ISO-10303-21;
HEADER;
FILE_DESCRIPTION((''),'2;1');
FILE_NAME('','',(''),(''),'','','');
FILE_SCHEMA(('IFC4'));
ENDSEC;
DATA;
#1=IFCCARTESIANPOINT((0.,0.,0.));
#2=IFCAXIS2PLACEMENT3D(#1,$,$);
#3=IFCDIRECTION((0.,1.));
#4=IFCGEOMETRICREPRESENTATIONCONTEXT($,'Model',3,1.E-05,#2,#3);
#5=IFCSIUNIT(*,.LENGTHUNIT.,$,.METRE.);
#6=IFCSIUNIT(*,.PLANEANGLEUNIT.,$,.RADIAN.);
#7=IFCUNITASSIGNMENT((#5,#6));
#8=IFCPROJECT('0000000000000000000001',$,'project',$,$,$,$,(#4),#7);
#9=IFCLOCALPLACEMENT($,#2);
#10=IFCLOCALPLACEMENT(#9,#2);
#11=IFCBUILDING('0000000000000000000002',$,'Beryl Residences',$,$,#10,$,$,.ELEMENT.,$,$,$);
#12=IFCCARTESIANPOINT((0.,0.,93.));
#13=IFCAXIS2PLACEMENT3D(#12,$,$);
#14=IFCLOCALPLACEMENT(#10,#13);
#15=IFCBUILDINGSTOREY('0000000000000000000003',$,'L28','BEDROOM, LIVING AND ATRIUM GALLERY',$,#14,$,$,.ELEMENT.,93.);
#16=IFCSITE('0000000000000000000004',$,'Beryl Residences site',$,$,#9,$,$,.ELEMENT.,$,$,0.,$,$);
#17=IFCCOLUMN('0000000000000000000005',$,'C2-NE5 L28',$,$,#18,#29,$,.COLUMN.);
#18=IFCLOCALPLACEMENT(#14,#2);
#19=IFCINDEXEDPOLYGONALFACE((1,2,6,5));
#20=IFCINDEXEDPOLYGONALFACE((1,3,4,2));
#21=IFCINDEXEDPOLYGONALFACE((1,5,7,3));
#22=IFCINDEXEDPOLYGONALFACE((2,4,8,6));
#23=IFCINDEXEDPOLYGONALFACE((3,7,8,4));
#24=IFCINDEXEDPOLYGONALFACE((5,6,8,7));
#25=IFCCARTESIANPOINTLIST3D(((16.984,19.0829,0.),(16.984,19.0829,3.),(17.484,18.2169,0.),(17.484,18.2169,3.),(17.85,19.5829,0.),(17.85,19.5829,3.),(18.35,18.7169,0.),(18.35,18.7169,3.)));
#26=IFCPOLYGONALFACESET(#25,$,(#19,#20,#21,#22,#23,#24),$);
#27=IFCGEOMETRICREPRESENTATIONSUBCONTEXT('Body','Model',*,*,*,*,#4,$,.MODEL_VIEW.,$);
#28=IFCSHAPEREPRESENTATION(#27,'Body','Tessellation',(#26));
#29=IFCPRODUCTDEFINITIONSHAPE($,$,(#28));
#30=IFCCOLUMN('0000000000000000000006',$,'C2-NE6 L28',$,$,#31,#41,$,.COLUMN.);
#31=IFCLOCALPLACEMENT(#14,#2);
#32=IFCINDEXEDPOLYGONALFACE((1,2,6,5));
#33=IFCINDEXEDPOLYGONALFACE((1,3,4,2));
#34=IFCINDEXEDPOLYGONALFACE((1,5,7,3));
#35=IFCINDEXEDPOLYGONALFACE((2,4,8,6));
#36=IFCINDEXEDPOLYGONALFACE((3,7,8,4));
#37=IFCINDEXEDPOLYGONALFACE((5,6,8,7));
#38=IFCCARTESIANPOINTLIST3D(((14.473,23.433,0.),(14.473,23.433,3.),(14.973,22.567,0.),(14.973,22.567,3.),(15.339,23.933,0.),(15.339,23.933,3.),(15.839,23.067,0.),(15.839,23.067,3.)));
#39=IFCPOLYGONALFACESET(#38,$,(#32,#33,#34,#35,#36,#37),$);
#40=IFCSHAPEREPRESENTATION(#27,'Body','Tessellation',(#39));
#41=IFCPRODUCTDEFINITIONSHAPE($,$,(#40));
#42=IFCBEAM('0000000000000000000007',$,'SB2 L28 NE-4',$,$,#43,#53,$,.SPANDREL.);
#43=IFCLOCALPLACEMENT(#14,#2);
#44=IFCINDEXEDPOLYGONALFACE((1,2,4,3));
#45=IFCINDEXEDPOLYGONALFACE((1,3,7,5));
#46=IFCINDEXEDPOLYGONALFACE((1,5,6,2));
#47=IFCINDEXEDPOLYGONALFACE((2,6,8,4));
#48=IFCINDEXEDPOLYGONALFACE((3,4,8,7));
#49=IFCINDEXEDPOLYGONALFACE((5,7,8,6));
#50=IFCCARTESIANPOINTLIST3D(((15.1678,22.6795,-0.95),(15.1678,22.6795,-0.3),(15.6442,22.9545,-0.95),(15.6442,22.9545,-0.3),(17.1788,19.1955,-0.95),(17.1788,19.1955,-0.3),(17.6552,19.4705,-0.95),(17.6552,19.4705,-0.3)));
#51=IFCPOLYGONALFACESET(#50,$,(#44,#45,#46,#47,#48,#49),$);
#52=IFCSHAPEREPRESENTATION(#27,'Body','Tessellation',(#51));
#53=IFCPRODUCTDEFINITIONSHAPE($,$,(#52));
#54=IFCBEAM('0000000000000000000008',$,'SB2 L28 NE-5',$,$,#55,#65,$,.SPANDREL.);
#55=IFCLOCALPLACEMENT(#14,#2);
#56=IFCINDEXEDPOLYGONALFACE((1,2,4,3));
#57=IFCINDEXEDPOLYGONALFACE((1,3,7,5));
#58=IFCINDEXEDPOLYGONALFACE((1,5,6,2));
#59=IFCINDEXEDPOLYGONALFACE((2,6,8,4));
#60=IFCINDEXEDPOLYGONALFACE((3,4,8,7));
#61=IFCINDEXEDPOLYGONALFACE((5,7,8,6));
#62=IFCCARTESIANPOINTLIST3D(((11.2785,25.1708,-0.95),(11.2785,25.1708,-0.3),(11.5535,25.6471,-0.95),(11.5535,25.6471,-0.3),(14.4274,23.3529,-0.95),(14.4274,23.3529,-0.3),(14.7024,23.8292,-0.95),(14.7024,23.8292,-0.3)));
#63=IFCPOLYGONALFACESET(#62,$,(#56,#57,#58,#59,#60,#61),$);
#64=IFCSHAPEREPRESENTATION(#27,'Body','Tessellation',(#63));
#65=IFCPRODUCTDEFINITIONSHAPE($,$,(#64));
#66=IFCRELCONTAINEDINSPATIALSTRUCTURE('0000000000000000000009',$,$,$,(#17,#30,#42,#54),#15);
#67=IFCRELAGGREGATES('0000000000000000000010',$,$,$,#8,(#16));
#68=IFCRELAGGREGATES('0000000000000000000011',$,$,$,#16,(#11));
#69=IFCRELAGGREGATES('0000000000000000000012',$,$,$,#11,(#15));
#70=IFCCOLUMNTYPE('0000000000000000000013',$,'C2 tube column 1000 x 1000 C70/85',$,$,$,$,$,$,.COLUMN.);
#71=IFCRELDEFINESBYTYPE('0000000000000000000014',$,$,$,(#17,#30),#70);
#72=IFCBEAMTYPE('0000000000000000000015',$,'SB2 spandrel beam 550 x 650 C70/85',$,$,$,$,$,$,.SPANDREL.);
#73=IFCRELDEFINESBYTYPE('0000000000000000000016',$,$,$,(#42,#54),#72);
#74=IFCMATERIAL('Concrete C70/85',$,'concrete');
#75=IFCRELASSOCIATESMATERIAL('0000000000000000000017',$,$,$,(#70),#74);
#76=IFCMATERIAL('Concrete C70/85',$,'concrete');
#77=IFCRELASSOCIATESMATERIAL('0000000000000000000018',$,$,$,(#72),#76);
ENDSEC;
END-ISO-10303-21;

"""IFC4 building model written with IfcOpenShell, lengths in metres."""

from ifc_helpers import new_model, si_unit, direction, frame, origin, origin_2d, place, context, subcontext, project, spatial, rectangle, extrude, material, material_profile, profile_set, type_object, element, save


model = new_model("IFC4")

# Units and contexts
model_context = context("Model", 3, precision=1e-05, world=origin(), true_north=direction((0.0, 1.0)))
body_context = subcontext(model_context, "Body", "Model", "MODEL_VIEW")
ifc_project = project(units=[si_unit("LENGTHUNIT", "METRE"), si_unit("PLANEANGLEUNIT", "RADIAN")], contexts=[model_context])

# Site, building, storey
site_placement = place(None, origin())
site = spatial("IfcSite", under=ifc_project, at=site_placement, Name="Beryl Residences site", CompositionType="ELEMENT", RefElevation=0.0)
building_placement = place(site_placement, origin())
building = spatial("IfcBuilding", under=site, at=building_placement, Name="Beryl Residences", CompositionType="ELEMENT")
storey_placement = place(building_placement, frame((0.0, 0.0, 93.0)))
storey = spatial("IfcBuildingStorey", under=building, at=storey_placement, Name="L28", Description="BEDROOM, LIVING AND ATRIUM GALLERY", CompositionType="ELEMENT", Elevation=93.0)

# Columns
ifc_material_1 = material(Name="Concrete C70/85", Category="concrete")
ifc_material_profile_1 = material_profile(ifc_material_1, rectangle(XDim=1.0, YDim=1.0, at=origin_2d()))
ifc_profile_set_1 = profile_set([ifc_material_profile_1], Name="Concrete C70/85")
column_type = type_object("IfcColumnType", Name="C2 tube column 1000 x 1000 C70/85", PredefinedType="COLUMN", material=ifc_profile_set_1)
for number, where, z_axis, x_axis, name in (
    (1, (17.667, 18.8999, 0.0), (0.0, 0.0, 1.0), (-0.5, 0.866025, 0.0), "C2-NE5 L28"),
    (2, (15.156, 23.25, 0.0), (0.0, 0.0, 1.0), (-0.5, 0.866025, 0.0), "C2-NE6 L28"),
):
    element("IfcColumn", number, at=place(storey_placement, frame(where, z_axis=z_axis, x_axis=x_axis)), inside=storey, type_object=column_type, Name=name, PredefinedType="COLUMN", context=body_context, shape_type="SweptSolid", body=[
        extrude(rectangle(XDim=1.0, YDim=1.0, at=origin_2d()), origin(), (0.0, 0.0, 1.0), 3.0),
    ])

# Beams
ifc_material_2 = material(Name="Concrete C70/85", Category="concrete")
ifc_material_profile_2 = material_profile(ifc_material_2, rectangle(XDim=0.55, YDim=0.6499, at=origin_2d()))
ifc_profile_set_2 = profile_set([ifc_material_profile_2], Name="Concrete C70/85")
beam_type = type_object("IfcBeamType", Name="SB2 spandrel beam 550 x 650 C70/85", PredefinedType="SPANDREL", material=ifc_profile_set_2)
beam_1_placement = place(storey_placement, frame((17.417, 19.333, -0.625), z_axis=(-0.499919, 0.866072, 0.0), x_axis=(-0.866072, -0.499919, 0.0)))
element("IfcBeam", 3, at=beam_1_placement, inside=storey, type_object=beam_type, Name="SB2 L28 NE-4", PredefinedType="SPANDREL", context=body_context, shape_type="SweptSolid", body=[
    extrude(rectangle(XDim=0.55, YDim=0.6499, at=origin_2d()), origin(), (0.0, 0.0, 1.0), 4.0227),
])
beam_2_placement = place(storey_placement, frame((14.5649, 23.5911, -0.625), z_axis=(-0.866045, 0.499967, 0.0), x_axis=(-0.499967, -0.866045, 0.0)))
element("IfcBeam", 4, at=beam_2_placement, inside=storey, type_object=beam_type, Name="SB2 L28 NE-5", PredefinedType="SPANDREL", context=body_context, shape_type="SweptSolid", body=[
    extrude(rectangle(XDim=0.55, YDim=0.6499, at=origin_2d()), origin(), (0.0, 0.0, 1.0), 3.636),
])

save(model, "model.ifc")
